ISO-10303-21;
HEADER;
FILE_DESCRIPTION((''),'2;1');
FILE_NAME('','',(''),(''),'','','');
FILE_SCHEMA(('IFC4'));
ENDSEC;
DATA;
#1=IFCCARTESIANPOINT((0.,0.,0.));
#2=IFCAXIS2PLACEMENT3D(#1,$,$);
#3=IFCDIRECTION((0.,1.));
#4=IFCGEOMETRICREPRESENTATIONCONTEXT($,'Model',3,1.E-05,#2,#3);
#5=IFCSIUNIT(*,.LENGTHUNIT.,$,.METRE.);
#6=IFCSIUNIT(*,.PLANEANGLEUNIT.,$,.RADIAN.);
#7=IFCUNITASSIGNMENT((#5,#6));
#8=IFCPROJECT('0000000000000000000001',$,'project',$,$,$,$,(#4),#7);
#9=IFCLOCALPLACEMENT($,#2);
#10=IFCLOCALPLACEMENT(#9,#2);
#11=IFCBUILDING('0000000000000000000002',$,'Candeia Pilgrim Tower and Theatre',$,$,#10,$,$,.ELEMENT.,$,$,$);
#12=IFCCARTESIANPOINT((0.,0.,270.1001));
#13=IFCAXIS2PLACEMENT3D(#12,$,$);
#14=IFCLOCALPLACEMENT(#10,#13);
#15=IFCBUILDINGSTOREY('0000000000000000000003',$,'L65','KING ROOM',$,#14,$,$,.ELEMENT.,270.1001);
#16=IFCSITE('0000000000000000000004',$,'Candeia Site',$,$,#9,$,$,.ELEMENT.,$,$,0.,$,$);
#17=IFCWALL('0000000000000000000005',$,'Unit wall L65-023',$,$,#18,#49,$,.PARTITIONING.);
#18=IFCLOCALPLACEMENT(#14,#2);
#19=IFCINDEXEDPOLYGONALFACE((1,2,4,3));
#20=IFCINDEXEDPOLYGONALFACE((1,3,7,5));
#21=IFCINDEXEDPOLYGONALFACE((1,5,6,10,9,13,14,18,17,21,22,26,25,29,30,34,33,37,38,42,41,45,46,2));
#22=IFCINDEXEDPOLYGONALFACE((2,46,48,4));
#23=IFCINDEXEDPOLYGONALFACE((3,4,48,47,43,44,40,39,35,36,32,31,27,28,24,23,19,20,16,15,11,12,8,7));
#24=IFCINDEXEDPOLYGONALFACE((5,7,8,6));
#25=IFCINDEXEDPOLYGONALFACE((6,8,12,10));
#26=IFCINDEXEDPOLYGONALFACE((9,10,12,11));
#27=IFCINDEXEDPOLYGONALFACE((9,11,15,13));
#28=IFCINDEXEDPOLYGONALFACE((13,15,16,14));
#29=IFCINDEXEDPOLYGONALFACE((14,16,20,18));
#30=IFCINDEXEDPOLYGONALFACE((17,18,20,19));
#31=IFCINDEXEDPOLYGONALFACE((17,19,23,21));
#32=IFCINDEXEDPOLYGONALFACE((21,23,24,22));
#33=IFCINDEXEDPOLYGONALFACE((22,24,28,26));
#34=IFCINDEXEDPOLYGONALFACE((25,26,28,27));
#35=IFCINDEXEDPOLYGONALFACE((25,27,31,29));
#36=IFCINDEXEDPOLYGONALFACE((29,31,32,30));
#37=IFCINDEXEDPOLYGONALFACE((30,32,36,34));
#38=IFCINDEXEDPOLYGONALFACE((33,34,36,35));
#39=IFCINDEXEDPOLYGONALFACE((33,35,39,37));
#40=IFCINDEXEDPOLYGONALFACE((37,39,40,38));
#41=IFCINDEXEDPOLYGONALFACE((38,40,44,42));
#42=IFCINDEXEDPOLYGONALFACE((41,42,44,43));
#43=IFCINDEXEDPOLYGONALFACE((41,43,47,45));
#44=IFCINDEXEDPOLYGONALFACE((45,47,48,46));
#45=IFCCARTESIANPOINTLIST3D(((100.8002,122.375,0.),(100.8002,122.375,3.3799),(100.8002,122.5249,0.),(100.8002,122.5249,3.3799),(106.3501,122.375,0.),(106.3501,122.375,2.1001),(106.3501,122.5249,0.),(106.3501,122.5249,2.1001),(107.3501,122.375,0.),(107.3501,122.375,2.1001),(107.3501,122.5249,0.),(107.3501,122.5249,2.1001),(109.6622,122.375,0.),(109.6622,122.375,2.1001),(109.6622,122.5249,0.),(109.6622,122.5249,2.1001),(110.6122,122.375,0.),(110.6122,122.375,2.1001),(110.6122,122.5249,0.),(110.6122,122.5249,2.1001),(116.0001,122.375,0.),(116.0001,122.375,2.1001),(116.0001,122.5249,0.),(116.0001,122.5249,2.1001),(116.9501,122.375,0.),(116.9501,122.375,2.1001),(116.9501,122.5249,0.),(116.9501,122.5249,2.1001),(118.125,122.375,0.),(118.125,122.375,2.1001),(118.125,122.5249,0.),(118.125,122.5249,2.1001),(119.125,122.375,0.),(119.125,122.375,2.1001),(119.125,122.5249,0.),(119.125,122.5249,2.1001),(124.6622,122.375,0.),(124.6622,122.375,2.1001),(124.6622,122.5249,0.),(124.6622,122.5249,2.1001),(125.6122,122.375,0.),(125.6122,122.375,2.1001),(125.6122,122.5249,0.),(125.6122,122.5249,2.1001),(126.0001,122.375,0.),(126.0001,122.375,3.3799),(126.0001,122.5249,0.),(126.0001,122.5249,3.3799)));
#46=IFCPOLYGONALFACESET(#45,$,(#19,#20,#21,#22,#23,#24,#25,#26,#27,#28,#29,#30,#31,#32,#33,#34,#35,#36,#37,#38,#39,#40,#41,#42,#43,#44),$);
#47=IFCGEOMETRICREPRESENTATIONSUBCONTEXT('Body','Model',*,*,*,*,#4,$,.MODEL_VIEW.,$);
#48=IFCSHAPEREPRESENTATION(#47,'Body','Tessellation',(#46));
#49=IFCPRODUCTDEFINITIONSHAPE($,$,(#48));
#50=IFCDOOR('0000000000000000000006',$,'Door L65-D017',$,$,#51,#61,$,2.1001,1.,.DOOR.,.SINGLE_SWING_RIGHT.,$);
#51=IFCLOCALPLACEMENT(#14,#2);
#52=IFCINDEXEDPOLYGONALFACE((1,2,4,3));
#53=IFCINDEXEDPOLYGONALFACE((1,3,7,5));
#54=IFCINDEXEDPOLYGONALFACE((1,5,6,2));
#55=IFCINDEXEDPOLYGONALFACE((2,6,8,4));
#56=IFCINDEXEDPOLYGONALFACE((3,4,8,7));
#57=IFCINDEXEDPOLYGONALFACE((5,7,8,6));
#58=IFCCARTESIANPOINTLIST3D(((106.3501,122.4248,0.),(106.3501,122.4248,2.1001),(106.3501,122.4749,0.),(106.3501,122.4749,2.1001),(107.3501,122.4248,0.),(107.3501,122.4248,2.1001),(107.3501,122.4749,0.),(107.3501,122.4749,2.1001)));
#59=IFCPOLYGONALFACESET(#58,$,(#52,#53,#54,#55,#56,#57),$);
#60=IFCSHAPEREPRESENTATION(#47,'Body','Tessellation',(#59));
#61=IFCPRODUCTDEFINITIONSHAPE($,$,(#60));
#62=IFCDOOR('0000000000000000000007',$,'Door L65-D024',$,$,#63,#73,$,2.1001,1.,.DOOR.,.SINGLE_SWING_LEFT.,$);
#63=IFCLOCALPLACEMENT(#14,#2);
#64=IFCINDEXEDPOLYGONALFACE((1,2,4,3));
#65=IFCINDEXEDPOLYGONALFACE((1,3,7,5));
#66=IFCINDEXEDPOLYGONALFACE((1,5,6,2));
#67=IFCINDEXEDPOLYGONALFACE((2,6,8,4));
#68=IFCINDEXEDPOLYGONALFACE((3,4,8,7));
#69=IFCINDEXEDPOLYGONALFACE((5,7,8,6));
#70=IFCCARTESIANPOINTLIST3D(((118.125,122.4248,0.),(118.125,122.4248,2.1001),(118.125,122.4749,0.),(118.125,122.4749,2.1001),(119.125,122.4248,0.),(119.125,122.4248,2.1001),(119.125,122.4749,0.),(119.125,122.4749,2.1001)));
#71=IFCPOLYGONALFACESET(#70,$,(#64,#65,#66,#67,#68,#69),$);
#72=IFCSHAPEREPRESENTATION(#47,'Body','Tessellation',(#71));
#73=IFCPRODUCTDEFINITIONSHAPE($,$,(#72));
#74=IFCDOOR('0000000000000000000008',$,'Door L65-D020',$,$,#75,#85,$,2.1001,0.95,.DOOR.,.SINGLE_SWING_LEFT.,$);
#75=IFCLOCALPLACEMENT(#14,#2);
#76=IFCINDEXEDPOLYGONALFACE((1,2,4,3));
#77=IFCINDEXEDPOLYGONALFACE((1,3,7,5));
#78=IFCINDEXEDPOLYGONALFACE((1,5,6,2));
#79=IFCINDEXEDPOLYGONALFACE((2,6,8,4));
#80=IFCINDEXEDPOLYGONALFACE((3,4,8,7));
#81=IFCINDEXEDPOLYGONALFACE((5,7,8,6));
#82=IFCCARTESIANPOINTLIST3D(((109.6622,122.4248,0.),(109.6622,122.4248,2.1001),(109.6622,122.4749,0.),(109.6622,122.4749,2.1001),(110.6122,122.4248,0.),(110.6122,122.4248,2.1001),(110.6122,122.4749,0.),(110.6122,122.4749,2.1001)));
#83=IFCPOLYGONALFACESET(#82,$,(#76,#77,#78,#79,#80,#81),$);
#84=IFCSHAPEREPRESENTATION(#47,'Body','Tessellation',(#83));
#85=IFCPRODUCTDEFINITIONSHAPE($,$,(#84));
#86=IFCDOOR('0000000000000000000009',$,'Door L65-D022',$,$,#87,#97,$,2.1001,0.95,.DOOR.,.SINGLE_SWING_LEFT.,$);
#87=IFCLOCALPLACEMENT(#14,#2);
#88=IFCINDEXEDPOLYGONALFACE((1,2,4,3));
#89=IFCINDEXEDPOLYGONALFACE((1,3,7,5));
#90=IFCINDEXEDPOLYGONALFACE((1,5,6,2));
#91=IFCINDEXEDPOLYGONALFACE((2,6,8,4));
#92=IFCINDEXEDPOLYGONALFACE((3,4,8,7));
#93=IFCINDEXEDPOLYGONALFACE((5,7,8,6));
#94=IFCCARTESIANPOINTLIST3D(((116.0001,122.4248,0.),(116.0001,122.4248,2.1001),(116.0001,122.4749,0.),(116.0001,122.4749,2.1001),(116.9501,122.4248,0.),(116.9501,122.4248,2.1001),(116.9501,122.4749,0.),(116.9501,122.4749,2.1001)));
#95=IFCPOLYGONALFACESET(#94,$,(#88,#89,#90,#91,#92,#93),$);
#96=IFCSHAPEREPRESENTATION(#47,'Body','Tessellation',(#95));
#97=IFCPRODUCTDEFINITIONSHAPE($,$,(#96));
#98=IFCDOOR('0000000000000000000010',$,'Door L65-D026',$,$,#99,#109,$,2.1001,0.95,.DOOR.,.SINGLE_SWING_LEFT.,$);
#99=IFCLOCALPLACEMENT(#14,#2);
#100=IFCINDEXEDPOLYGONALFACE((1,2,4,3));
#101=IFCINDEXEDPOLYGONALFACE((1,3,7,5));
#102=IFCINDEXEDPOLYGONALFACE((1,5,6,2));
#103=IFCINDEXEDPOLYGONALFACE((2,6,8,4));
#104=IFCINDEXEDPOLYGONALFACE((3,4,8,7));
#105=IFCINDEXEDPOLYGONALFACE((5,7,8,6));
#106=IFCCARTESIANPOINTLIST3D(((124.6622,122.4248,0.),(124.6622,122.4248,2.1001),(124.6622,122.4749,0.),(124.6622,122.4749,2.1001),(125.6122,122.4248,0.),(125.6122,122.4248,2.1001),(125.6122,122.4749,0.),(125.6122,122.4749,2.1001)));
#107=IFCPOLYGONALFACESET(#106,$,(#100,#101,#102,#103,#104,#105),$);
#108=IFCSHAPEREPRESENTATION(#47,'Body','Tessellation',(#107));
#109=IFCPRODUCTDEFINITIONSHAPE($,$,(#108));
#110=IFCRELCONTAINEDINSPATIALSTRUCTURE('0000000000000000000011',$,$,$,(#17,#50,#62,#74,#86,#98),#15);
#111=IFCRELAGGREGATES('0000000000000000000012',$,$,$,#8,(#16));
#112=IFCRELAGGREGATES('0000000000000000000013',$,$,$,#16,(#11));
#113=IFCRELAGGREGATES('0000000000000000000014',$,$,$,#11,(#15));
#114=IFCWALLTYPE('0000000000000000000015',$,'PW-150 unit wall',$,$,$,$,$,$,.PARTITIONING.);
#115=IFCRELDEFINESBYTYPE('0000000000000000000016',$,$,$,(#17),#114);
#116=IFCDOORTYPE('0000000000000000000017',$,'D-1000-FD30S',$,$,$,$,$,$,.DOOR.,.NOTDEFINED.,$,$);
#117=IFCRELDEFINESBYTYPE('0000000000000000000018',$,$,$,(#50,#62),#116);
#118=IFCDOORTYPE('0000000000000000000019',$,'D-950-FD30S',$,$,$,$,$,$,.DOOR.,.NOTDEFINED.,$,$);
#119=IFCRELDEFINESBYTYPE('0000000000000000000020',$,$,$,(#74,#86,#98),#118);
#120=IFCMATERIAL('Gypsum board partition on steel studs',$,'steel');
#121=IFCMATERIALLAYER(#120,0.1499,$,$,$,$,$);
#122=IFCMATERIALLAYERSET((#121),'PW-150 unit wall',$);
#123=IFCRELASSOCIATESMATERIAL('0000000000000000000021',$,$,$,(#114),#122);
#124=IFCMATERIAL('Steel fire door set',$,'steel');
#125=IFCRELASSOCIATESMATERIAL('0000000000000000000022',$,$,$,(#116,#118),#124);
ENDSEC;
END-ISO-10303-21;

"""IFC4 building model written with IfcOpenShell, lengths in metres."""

from ifc_helpers import new_model, si_unit, direction, frame, frame_2d, origin, place, context, subcontext, project, spatial, rectangle, extrude, material, layer, layer_set, type_object, element, fill, save


model = new_model("IFC4")

# Units and contexts
model_context = context("Model", 3, precision=1e-05, world=origin(), true_north=direction((0.0, 1.0)))
body_context = subcontext(model_context, "Body", "Model", "MODEL_VIEW")
ifc_project = project(units=[si_unit("LENGTHUNIT", "METRE"), si_unit("PLANEANGLEUNIT", "RADIAN")], contexts=[model_context])

# Site, building, storey
site_placement = place(None, origin())
site = spatial("IfcSite", under=ifc_project, at=site_placement, Name="Candeia Site", CompositionType="ELEMENT", RefElevation=0.0)
building_placement = place(site_placement, origin())
building = spatial("IfcBuilding", under=site, at=building_placement, Name="Candeia Pilgrim Tower and Theatre", CompositionType="ELEMENT")
storey_placement = place(building_placement, frame((0.0, 0.0, 270.1001)))
storey = spatial("IfcBuildingStorey", under=building, at=storey_placement, Name="L65", Description="KING ROOM", CompositionType="ELEMENT", Elevation=270.1001)

# Shared definitions
ifc_material_1 = material(Name="Gypsum board partition on steel studs", Category="steel")

# Shared definitions
ifc_material_2 = material(Name="Steel fire door set", Category="steel")

# Wall, openings, doors
ifc_layer_1 = layer(ifc_material_1, 0.1499)
ifc_layer_set_1 = layer_set([ifc_layer_1], Name="PW-150 unit wall")
wall_type_1 = type_object("IfcWallType", Name="PW-150 unit wall", PredefinedType="PARTITIONING", material=ifc_layer_set_1)
wall_1_placement = place(storey_placement, frame((100.8, 122.45, 0.0), z_axis=(0.0, 0.0, 1.0), x_axis=(1.0, 0.0, 0.0)))
wall_1 = element("IfcWall", 1, at=wall_1_placement, inside=storey, type_object=wall_type_1, Name="Unit wall L65-023", PredefinedType="PARTITIONING", context=body_context, shape_type="SweptSolid", body=[
    extrude(rectangle(XDim=25.2, YDim=0.1499, at=frame_2d((12.6001, 0.0))), origin(), (0.0, 0.0, 1.0), 3.3799),
])
opening_1_placement = place(wall_1_placement, frame((5.55, 0.0, 0.0)))
opening_1 = element("IfcOpeningElement", 2, at=opening_1_placement, cuts=wall_1, PredefinedType="OPENING", context=body_context, shape_type="SweptSolid", body=[
    extrude(rectangle(XDim=1.0, YDim=2.1001, at=frame_2d((0.5, 1.05))), frame((0.0, 0.085, 0.0), z_axis=(0.0, -1.0, 0.0), x_axis=(1.0, 0.0, 0.0)), (0.0, 0.0, 1.0), 0.1699),
])
opening_2_placement = place(wall_1_placement, frame((8.8621, 0.0, 0.0)))
opening_2 = element("IfcOpeningElement", 3, at=opening_2_placement, cuts=wall_1, PredefinedType="OPENING", context=body_context, shape_type="SweptSolid", body=[
    extrude(rectangle(XDim=0.95, YDim=2.1001, at=frame_2d((0.4751, 1.05))), frame((0.0, 0.085, 0.0), z_axis=(0.0, -1.0, 0.0), x_axis=(1.0, 0.0, 0.0)), (0.0, 0.0, 1.0), 0.1699),
])
opening_3_placement = place(wall_1_placement, frame((15.2, 0.0, 0.0)))
opening_3 = element("IfcOpeningElement", 4, at=opening_3_placement, cuts=wall_1, PredefinedType="OPENING", context=body_context, shape_type="SweptSolid", body=[
    extrude(rectangle(XDim=0.95, YDim=2.1001, at=frame_2d((0.4751, 1.05))), frame((0.0, 0.085, 0.0), z_axis=(0.0, -1.0, 0.0), x_axis=(1.0, 0.0, 0.0)), (0.0, 0.0, 1.0), 0.1699),
])
opening_4_placement = place(wall_1_placement, frame((17.325, 0.0, 0.0)))
opening_4 = element("IfcOpeningElement", 5, at=opening_4_placement, cuts=wall_1, PredefinedType="OPENING", context=body_context, shape_type="SweptSolid", body=[
    extrude(rectangle(XDim=1.0, YDim=2.1001, at=frame_2d((0.5, 1.05))), frame((0.0, 0.085, 0.0), z_axis=(0.0, -1.0, 0.0), x_axis=(1.0, 0.0, 0.0)), (0.0, 0.0, 1.0), 0.1699),
])
opening_5_placement = place(wall_1_placement, frame((23.8621, 0.0, 0.0)))
opening_5 = element("IfcOpeningElement", 6, at=opening_5_placement, cuts=wall_1, PredefinedType="OPENING", context=body_context, shape_type="SweptSolid", body=[
    extrude(rectangle(XDim=0.95, YDim=2.1001, at=frame_2d((0.4751, 1.05))), frame((0.0, 0.085, 0.0), z_axis=(0.0, -1.0, 0.0), x_axis=(1.0, 0.0, 0.0)), (0.0, 0.0, 1.0), 0.1699),
])
door_type_1 = type_object("IfcDoorType", Name="D-1000-FD30S", OperationType="NOTDEFINED", PredefinedType="DOOR", material=ifc_material_2)
door_1_placement = place(opening_1_placement, origin())
door_1 = element("IfcDoor", 7, at=door_1_placement, inside=storey, type_object=door_type_1, Name="Door L65-D017", OperationType="SINGLE_SWING_RIGHT", OverallHeight=2.1001, OverallWidth=1.0, PredefinedType="DOOR", context=body_context, shape_type="SweptSolid", body=[
    extrude(rectangle(XDim=1.0, YDim=2.1001, at=frame_2d((0.5, 1.05))), frame((0.0, 0.0249, 0.0), z_axis=(0.0, -1.0, 0.0), x_axis=(1.0, 0.0, 0.0)), (0.0, 0.0, 1.0), 0.05),
])
fill(opening_1, door_1)
door_2_placement = place(opening_4_placement, origin())
door_2 = element("IfcDoor", 8, at=door_2_placement, inside=storey, type_object=door_type_1, Name="Door L65-D024", OperationType="SINGLE_SWING_LEFT", OverallHeight=2.1001, OverallWidth=1.0, PredefinedType="DOOR", context=body_context, shape_type="SweptSolid", body=[
    extrude(rectangle(XDim=1.0, YDim=2.1001, at=frame_2d((0.5, 1.05))), frame((0.0, 0.0249, 0.0), z_axis=(0.0, -1.0, 0.0), x_axis=(1.0, 0.0, 0.0)), (0.0, 0.0, 1.0), 0.05),
])
fill(opening_4, door_2)
door_type_2 = type_object("IfcDoorType", Name="D-950-FD30S", OperationType="NOTDEFINED", PredefinedType="DOOR", material=ifc_material_2)
door_3_placement = place(opening_2_placement, origin())
door_3 = element("IfcDoor", 9, at=door_3_placement, inside=storey, type_object=door_type_2, Name="Door L65-D020", OperationType="SINGLE_SWING_LEFT", OverallHeight=2.1001, OverallWidth=0.95, PredefinedType="DOOR", context=body_context, shape_type="SweptSolid", body=[
    extrude(rectangle(XDim=0.95, YDim=2.1001, at=frame_2d((0.4751, 1.05))), frame((0.0, 0.0249, 0.0), z_axis=(0.0, -1.0, 0.0), x_axis=(1.0, 0.0, 0.0)), (0.0, 0.0, 1.0), 0.05),
])
fill(opening_2, door_3)
door_4_placement = place(opening_3_placement, origin())
door_4 = element("IfcDoor", 10, at=door_4_placement, inside=storey, type_object=door_type_2, Name="Door L65-D022", OperationType="SINGLE_SWING_LEFT", OverallHeight=2.1001, OverallWidth=0.95, PredefinedType="DOOR", context=body_context, shape_type="SweptSolid", body=[
    extrude(rectangle(XDim=0.95, YDim=2.1001, at=frame_2d((0.4751, 1.05))), frame((0.0, 0.0249, 0.0), z_axis=(0.0, -1.0, 0.0), x_axis=(1.0, 0.0, 0.0)), (0.0, 0.0, 1.0), 0.05),
])
fill(opening_3, door_4)
door_5_placement = place(opening_5_placement, origin())
door_5 = element("IfcDoor", 11, at=door_5_placement, inside=storey, type_object=door_type_2, Name="Door L65-D026", OperationType="SINGLE_SWING_LEFT", OverallHeight=2.1001, OverallWidth=0.95, PredefinedType="DOOR", context=body_context, shape_type="SweptSolid", body=[
    extrude(rectangle(XDim=0.95, YDim=2.1001, at=frame_2d((0.4751, 1.05))), frame((0.0, 0.0249, 0.0), z_axis=(0.0, -1.0, 0.0), x_axis=(1.0, 0.0, 0.0)), (0.0, 0.0, 1.0), 0.05),
])
fill(opening_5, door_5)

save(model, "model.ifc")
